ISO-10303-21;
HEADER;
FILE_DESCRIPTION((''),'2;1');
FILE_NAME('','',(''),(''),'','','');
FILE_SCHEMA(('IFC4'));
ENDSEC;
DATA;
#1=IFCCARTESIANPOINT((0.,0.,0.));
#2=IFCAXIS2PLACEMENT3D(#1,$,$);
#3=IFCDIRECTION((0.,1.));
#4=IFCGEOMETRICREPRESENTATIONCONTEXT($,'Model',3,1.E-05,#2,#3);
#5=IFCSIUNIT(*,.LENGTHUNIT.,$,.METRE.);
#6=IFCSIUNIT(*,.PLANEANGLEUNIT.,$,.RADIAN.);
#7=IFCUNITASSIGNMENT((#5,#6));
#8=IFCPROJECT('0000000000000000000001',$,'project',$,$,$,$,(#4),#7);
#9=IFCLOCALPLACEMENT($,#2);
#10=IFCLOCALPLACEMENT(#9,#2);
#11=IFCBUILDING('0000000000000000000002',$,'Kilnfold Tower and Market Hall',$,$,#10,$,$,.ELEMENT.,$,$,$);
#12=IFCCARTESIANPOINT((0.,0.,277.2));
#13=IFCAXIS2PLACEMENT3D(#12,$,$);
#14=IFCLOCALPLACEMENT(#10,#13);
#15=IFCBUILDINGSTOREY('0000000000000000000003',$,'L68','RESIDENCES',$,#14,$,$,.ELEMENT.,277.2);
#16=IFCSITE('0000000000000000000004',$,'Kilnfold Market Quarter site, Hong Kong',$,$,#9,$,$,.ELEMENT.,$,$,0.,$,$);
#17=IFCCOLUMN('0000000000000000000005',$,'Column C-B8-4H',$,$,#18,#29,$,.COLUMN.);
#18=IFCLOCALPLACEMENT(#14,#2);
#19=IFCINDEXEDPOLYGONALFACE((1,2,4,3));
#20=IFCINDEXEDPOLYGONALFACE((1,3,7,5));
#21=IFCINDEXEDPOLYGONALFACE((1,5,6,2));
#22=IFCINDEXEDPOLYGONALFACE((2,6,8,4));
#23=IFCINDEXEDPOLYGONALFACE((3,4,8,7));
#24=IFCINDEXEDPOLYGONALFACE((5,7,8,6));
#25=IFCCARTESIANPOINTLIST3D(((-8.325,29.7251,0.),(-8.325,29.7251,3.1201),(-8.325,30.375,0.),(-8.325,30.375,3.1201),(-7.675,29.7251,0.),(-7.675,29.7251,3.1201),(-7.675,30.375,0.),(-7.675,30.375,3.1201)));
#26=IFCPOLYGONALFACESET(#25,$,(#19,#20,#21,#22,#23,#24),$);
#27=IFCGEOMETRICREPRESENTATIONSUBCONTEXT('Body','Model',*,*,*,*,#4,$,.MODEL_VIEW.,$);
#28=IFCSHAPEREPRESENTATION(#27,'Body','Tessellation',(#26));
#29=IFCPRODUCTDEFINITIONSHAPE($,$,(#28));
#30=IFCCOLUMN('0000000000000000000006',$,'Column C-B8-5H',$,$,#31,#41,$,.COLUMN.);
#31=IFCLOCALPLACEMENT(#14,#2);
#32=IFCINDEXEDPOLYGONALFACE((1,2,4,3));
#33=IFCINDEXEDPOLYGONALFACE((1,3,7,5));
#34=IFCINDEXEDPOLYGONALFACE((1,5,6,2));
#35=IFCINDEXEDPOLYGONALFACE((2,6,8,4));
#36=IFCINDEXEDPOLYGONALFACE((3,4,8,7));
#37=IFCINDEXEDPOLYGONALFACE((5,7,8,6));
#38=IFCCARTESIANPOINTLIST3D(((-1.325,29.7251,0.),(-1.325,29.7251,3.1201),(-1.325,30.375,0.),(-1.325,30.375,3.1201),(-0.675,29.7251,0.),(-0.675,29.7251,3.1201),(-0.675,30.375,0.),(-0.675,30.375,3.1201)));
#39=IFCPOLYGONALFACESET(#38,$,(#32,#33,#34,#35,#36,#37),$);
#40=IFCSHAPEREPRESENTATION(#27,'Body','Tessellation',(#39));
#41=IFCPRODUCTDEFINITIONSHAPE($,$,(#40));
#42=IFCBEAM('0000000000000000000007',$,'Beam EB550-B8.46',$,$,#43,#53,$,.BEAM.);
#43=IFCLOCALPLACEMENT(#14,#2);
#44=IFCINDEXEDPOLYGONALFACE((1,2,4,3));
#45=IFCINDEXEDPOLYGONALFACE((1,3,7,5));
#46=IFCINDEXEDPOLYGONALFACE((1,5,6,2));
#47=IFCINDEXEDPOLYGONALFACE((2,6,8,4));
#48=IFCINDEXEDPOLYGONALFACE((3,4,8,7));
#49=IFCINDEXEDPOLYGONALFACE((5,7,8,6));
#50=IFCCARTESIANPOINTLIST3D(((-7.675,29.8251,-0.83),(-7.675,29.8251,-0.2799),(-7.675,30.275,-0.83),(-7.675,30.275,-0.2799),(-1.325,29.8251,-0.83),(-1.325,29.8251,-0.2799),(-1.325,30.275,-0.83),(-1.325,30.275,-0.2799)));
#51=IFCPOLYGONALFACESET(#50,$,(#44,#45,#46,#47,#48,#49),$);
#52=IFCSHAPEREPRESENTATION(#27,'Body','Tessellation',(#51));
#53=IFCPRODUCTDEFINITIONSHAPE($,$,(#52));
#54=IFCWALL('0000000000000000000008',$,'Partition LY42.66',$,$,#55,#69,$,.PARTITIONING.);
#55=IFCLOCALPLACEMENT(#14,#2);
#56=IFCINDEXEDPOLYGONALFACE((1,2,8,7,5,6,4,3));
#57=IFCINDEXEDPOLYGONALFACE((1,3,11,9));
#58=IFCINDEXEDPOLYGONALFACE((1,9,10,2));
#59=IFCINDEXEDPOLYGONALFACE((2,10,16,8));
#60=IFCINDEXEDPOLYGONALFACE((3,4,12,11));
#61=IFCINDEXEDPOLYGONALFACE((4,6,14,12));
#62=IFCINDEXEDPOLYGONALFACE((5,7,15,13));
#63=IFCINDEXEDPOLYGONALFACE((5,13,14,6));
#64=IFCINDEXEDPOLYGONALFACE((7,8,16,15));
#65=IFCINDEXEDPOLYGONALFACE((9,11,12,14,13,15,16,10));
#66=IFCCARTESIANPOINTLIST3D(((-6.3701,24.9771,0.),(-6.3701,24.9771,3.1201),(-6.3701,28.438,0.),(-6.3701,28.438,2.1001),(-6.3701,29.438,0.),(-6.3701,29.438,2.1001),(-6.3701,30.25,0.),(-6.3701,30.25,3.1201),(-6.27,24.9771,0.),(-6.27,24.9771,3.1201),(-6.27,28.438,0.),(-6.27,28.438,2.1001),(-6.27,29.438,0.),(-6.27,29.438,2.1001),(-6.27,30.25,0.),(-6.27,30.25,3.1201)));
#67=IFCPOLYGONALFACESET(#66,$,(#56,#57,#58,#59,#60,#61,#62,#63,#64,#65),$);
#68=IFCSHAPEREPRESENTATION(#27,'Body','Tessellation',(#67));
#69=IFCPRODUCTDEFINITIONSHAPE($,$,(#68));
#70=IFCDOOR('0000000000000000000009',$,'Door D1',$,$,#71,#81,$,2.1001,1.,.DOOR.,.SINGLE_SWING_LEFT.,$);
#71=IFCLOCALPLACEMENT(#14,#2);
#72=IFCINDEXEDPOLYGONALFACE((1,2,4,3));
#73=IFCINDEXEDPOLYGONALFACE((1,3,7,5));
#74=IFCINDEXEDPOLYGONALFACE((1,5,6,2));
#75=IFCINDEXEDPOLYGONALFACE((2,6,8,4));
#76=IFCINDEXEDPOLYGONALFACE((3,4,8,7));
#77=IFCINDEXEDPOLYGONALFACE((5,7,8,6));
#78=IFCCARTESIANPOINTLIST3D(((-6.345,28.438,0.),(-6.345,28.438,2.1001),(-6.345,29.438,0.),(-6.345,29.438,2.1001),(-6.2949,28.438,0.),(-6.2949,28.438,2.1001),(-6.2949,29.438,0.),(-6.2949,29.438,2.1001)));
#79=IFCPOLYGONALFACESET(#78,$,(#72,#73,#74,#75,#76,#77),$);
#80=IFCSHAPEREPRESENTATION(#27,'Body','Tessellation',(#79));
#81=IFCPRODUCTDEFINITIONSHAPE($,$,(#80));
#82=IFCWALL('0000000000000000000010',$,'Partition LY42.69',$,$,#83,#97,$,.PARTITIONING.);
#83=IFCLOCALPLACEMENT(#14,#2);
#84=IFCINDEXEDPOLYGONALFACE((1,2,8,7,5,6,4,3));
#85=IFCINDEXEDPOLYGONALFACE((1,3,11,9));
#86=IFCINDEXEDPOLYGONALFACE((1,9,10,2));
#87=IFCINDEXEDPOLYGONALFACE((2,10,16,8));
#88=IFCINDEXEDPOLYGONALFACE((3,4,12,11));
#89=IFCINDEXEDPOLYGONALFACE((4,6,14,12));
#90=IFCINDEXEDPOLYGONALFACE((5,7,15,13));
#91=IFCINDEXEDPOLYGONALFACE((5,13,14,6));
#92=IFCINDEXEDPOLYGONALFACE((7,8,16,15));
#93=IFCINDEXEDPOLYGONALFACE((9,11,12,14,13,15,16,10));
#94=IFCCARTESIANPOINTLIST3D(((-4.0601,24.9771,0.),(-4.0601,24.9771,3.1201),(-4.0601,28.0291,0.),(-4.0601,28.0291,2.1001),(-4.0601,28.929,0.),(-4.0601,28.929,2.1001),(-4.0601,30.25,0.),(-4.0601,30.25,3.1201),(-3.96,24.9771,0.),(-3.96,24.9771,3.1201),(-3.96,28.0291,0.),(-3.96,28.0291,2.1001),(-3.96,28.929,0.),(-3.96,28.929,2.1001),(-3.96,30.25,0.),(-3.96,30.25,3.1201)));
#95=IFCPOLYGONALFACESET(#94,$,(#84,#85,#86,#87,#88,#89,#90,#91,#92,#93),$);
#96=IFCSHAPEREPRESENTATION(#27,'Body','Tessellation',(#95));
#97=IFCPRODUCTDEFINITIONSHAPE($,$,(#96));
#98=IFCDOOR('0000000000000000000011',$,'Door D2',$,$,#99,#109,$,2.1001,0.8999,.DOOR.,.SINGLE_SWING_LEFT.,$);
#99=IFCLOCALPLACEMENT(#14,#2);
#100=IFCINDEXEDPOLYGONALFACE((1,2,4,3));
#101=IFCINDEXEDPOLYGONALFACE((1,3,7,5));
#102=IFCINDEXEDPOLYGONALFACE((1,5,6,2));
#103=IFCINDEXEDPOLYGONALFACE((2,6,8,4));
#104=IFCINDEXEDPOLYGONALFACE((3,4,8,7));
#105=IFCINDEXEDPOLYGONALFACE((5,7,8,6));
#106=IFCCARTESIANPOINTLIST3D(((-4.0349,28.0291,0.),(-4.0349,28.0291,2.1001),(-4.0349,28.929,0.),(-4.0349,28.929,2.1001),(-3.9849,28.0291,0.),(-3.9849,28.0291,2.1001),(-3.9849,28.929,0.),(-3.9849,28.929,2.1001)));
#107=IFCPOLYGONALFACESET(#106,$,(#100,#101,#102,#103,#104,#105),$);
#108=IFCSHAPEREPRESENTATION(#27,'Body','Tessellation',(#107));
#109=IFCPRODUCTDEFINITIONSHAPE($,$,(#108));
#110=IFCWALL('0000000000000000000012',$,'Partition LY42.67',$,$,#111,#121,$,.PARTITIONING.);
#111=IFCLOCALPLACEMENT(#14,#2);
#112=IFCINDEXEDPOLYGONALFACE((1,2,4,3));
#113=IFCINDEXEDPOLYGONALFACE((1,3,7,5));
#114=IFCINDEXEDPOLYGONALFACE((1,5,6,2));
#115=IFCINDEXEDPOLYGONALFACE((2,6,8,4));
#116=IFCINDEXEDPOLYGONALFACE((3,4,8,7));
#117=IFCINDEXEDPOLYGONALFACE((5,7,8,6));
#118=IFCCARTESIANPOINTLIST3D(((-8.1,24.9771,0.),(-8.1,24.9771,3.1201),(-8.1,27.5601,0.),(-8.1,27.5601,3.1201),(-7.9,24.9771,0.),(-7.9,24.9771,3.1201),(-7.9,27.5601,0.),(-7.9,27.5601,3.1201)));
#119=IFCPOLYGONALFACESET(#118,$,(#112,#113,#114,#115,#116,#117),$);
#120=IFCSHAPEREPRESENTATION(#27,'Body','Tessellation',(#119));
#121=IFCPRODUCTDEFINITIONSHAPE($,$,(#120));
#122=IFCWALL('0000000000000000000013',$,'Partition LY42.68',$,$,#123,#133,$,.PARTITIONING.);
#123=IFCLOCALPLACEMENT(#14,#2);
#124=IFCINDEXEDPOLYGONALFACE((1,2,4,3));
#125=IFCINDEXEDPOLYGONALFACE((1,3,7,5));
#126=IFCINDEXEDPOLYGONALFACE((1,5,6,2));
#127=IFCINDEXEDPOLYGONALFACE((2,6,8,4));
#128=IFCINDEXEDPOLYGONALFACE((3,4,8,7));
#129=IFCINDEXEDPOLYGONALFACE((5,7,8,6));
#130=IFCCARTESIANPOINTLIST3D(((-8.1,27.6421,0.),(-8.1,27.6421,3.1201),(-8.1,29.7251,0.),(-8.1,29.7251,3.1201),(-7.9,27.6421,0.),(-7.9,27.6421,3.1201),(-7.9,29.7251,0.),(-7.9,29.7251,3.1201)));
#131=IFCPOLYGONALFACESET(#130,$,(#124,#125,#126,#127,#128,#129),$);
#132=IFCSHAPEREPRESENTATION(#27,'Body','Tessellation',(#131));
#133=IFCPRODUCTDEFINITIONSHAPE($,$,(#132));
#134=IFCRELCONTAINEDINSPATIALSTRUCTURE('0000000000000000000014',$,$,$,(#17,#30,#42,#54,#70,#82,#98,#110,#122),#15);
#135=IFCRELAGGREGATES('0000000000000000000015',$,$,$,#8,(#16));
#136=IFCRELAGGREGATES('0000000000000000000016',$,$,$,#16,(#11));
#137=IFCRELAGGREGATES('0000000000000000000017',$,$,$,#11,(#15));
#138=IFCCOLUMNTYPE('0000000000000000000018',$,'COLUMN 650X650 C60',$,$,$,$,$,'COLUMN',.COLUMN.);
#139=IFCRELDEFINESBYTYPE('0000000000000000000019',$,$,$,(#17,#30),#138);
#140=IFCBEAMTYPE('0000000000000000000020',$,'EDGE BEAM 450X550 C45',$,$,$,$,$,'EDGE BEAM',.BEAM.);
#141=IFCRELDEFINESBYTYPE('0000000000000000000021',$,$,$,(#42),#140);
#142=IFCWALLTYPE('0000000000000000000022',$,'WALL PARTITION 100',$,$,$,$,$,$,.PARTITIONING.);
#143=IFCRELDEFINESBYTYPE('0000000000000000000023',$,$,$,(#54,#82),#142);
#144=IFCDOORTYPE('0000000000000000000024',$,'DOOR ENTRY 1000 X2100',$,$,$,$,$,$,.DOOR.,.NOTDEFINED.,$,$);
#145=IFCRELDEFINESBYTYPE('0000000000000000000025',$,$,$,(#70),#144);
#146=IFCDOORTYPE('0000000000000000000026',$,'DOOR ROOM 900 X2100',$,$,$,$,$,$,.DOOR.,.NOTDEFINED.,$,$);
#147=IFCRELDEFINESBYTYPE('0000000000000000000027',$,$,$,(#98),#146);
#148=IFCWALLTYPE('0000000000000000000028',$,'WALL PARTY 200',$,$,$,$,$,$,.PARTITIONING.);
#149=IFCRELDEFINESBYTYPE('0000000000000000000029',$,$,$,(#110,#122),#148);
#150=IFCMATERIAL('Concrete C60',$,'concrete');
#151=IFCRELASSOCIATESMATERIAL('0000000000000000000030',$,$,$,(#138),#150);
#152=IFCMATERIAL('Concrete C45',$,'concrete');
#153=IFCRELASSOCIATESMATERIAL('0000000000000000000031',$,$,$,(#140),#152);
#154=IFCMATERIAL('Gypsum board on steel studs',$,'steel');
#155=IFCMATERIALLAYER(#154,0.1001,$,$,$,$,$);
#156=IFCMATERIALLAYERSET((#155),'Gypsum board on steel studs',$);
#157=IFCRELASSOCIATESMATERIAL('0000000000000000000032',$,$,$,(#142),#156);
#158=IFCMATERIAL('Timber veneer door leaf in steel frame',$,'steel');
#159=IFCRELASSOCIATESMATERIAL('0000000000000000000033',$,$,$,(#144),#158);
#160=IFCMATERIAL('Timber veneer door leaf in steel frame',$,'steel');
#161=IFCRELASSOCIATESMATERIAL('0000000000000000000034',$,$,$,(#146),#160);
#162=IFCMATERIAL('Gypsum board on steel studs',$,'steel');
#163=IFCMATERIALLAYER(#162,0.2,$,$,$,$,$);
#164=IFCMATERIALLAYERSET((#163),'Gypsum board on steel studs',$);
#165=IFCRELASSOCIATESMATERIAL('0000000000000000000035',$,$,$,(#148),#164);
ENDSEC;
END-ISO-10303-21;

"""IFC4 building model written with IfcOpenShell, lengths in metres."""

from ifc_helpers import new_model, si_unit, direction, frame, frame_2d, origin, origin_2d, place, context, subcontext, project, spatial, rectangle, extrude, source, transform, mapped, material, layer, layer_set, material_profile, profile_set, type_object, element, fill, save


model = new_model("IFC4")

# Units and contexts
model_context = context("Model", 3, precision=1e-05, world=origin(), true_north=direction((0.0, 1.0)))
body_context = subcontext(model_context, "Body", "Model", "MODEL_VIEW")
ifc_project = project(units=[si_unit("LENGTHUNIT", "METRE"), si_unit("PLANEANGLEUNIT", "RADIAN")], contexts=[model_context])

# Site, building, storey
site_placement = place(None, origin())
site = spatial("IfcSite", under=ifc_project, at=site_placement, Name="Kilnfold Market Quarter site, Hong Kong", CompositionType="ELEMENT", RefElevation=0.0)
building_placement = place(site_placement, origin())
building = spatial("IfcBuilding", under=site, at=building_placement, Name="Kilnfold Tower and Market Hall", CompositionType="ELEMENT")
storey_placement = place(building_placement, frame((0.0, 0.0, 277.2)))
storey = spatial("IfcBuildingStorey", under=building, at=storey_placement, Name="L68", Description="RESIDENCES", CompositionType="ELEMENT", Elevation=277.2)

# Columns
ifc_material_1 = material(Name="Concrete C60", Category="concrete")
ifc_material_profile_1 = material_profile(ifc_material_1, rectangle(XDim=0.6499, YDim=0.6499, at=origin_2d()), Name="RC 650x650")
ifc_profile_set_1 = profile_set([ifc_material_profile_1], Name="Concrete C60")
column_type = type_object("IfcColumnType", Name="COLUMN 650X650 C60", ElementType="COLUMN", PredefinedType="COLUMN", material=ifc_profile_set_1)
shared_shape_1 = source(origin(), body_context, "Body", "SweptSolid", [
    extrude(rectangle(XDim=0.6499, YDim=0.6499, at=origin_2d()), origin(), (0.0, 0.0, 1.0), 3.1201),
])
for number, where, z_axis, x_axis, name in (
    (1, (-8.0, 30.05, 0.0), (0.0, 0.0, 1.0), (1.0, 0.0, 0.0), "Column C-B8-4H"),
    (2, (-1.0, 30.05, 0.0), (0.0, 0.0, 1.0), (1.0, 0.0, 0.0), "Column C-B8-5H"),
):
    element("IfcColumn", number, at=place(storey_placement, frame(where, z_axis=z_axis, x_axis=x_axis)), inside=storey, type_object=column_type, Name=name, PredefinedType="COLUMN", context=body_context, shape_type="MappedRepresentation", body=[
        mapped(shared_shape_1, transform((0.0, 0.0, 0.0))),
    ])

# Beam
ifc_material_2 = material(Name="Concrete C45", Category="concrete")
ifc_material_profile_2 = material_profile(ifc_material_2, rectangle(XDim=0.45, YDim=0.55, at=origin_2d()), Name="RC 450x550")
ifc_profile_set_2 = profile_set([ifc_material_profile_2], Name="Concrete C45")
beam_type = type_object("IfcBeamType", Name="EDGE BEAM 450X550 C45", ElementType="EDGE BEAM", PredefinedType="BEAM", material=ifc_profile_set_2)
shared_shape_2 = source(origin(), body_context, "Body", "SweptSolid", [
    extrude(rectangle(XDim=0.45, YDim=0.55, at=origin_2d()), origin(), (0.0, 0.0, 1.0), 6.3501),
])
beam_placement = place(storey_placement, frame((-7.675, 30.05, -0.5549), z_axis=(1.0, 0.0, 0.0), x_axis=(0.0, 1.0, 0.0)))
element("IfcBeam", 3, at=beam_placement, inside=storey, type_object=beam_type, Name="Beam EB550-B8.46", PredefinedType="BEAM", context=body_context, shape_type="MappedRepresentation", body=[
    mapped(shared_shape_2, transform((0.0, 0.0, 0.0))),
])

# Walls, openings, doors
ifc_material_3 = material(Name="Gypsum board on steel studs", Category="steel")
ifc_layer_1 = layer(ifc_material_3, 0.1001)
ifc_layer_set_1 = layer_set([ifc_layer_1], Name="Gypsum board on steel studs")
wall_type_1 = type_object("IfcWallType", Name="WALL PARTITION 100", PredefinedType="PARTITIONING", material=ifc_layer_set_1)
wall_1_placement = place(storey_placement, frame((-6.3201, 24.9771, 0.0), z_axis=(0.0, 0.0, 1.0), x_axis=(0.0, 1.0, 0.0)))
wall_1 = element("IfcWall", 4, at=wall_1_placement, inside=storey, type_object=wall_type_1, Name="Partition LY42.66", PredefinedType="PARTITIONING", context=body_context, shape_type="SweptSolid", body=[
    extrude(rectangle(XDim=5.2729, YDim=0.1001, at=frame_2d((2.6365, 0.0))), origin(), (0.0, 0.0, 1.0), 3.1201),
])
opening_1_placement = place(wall_1_placement, frame((3.4609, 0.0, 0.0)))
opening_1 = element("IfcOpeningElement", 5, at=opening_1_placement, cuts=wall_1, PredefinedType="OPENING", context=body_context, shape_type="SweptSolid", body=[
    extrude(rectangle(XDim=1.0, YDim=2.1001, at=frame_2d((0.5, 1.05))), frame((0.0, 0.0601, 0.0), z_axis=(0.0, -1.0, 0.0), x_axis=(1.0, 0.0, 0.0)), (0.0, 0.0, 1.0), 0.1201),
])
ifc_material_4 = material(Name="Timber veneer door leaf in steel frame", Category="steel")
door_type_1 = type_object("IfcDoorType", Name="DOOR ENTRY 1000 X2100", OperationType="NOTDEFINED", PredefinedType="DOOR", material=ifc_material_4)
door_1_placement = place(opening_1_placement, origin())
door_1 = element("IfcDoor", 6, at=door_1_placement, inside=storey, type_object=door_type_1, Name="Door D1", OperationType="SINGLE_SWING_LEFT", OverallHeight=2.1001, OverallWidth=1.0, PredefinedType="DOOR", context=body_context, shape_type="SweptSolid", body=[
    extrude(rectangle(XDim=1.0, YDim=2.1001, at=frame_2d((0.5, 1.05))), frame((0.0, 0.0249, 0.0), z_axis=(0.0, -1.0, 0.0), x_axis=(1.0, 0.0, 0.0)), (0.0, 0.0, 1.0), 0.05),
])
fill(opening_1, door_1)
wall_2_placement = place(storey_placement, frame((-4.01, 24.9771, 0.0), z_axis=(0.0, 0.0, 1.0), x_axis=(0.0, 1.0, 0.0)))
wall_2 = element("IfcWall", 7, at=wall_2_placement, inside=storey, type_object=wall_type_1, Name="Partition LY42.69", PredefinedType="PARTITIONING", context=body_context, shape_type="SweptSolid", body=[
    extrude(rectangle(XDim=5.2729, YDim=0.1001, at=frame_2d((2.6365, 0.0))), origin(), (0.0, 0.0, 1.0), 3.1201),
])
opening_2_placement = place(wall_2_placement, frame((3.052, 0.0, 0.0)))
opening_2 = element("IfcOpeningElement", 8, at=opening_2_placement, cuts=wall_2, PredefinedType="OPENING", context=body_context, shape_type="SweptSolid", body=[
    extrude(rectangle(XDim=0.8999, YDim=2.1001, at=frame_2d((0.45, 1.05))), frame((0.0, 0.0601, 0.0), z_axis=(0.0, -1.0, 0.0), x_axis=(1.0, 0.0, 0.0)), (0.0, 0.0, 1.0), 0.1201),
])
ifc_material_5 = material(Name="Timber veneer door leaf in steel frame", Category="steel")
door_type_2 = type_object("IfcDoorType", Name="DOOR ROOM 900 X2100", OperationType="NOTDEFINED", PredefinedType="DOOR", material=ifc_material_5)
door_2_placement = place(opening_2_placement, origin())
door_2 = element("IfcDoor", 9, at=door_2_placement, inside=storey, type_object=door_type_2, Name="Door D2", OperationType="SINGLE_SWING_LEFT", OverallHeight=2.1001, OverallWidth=0.8999, PredefinedType="DOOR", context=body_context, shape_type="SweptSolid", body=[
    extrude(rectangle(XDim=0.8999, YDim=2.1001, at=frame_2d((0.45, 1.05))), frame((0.0, 0.0249, 0.0), z_axis=(0.0, -1.0, 0.0), x_axis=(1.0, 0.0, 0.0)), (0.0, 0.0, 1.0), 0.05),
])
fill(opening_2, door_2)

# Walls
ifc_material_6 = material(Name="Gypsum board on steel studs", Category="steel")
ifc_layer_2 = layer(ifc_material_6, 0.2)
ifc_layer_set_2 = layer_set([ifc_layer_2], Name="Gypsum board on steel studs")
wall_type_2 = type_object("IfcWallType", Name="WALL PARTY 200", PredefinedType="PARTITIONING", material=ifc_layer_set_2)
wall_3_placement = place(storey_placement, frame((-8.0, 24.9771, 0.0), z_axis=(0.0, 0.0, 1.0), x_axis=(0.0, 1.0, 0.0)))
element("IfcWall", 10, at=wall_3_placement, inside=storey, type_object=wall_type_2, Name="Partition LY42.67", PredefinedType="PARTITIONING", context=body_context, shape_type="SweptSolid", body=[
    extrude(rectangle(XDim=2.583, YDim=0.2, at=frame_2d((1.2915, 0.0))), origin(), (0.0, 0.0, 1.0), 3.1201),
])
wall_4_placement = place(storey_placement, frame((-8.0, 27.6421, 0.0), z_axis=(0.0, 0.0, 1.0), x_axis=(0.0, 1.0, 0.0)))
element("IfcWall", 11, at=wall_4_placement, inside=storey, type_object=wall_type_2, Name="Partition LY42.68", PredefinedType="PARTITIONING", context=body_context, shape_type="SweptSolid", body=[
    extrude(rectangle(XDim=2.083, YDim=0.2, at=frame_2d((1.0415, 0.0))), origin(), (0.0, 0.0, 1.0), 3.1201),
])

save(model, "model.ifc")
